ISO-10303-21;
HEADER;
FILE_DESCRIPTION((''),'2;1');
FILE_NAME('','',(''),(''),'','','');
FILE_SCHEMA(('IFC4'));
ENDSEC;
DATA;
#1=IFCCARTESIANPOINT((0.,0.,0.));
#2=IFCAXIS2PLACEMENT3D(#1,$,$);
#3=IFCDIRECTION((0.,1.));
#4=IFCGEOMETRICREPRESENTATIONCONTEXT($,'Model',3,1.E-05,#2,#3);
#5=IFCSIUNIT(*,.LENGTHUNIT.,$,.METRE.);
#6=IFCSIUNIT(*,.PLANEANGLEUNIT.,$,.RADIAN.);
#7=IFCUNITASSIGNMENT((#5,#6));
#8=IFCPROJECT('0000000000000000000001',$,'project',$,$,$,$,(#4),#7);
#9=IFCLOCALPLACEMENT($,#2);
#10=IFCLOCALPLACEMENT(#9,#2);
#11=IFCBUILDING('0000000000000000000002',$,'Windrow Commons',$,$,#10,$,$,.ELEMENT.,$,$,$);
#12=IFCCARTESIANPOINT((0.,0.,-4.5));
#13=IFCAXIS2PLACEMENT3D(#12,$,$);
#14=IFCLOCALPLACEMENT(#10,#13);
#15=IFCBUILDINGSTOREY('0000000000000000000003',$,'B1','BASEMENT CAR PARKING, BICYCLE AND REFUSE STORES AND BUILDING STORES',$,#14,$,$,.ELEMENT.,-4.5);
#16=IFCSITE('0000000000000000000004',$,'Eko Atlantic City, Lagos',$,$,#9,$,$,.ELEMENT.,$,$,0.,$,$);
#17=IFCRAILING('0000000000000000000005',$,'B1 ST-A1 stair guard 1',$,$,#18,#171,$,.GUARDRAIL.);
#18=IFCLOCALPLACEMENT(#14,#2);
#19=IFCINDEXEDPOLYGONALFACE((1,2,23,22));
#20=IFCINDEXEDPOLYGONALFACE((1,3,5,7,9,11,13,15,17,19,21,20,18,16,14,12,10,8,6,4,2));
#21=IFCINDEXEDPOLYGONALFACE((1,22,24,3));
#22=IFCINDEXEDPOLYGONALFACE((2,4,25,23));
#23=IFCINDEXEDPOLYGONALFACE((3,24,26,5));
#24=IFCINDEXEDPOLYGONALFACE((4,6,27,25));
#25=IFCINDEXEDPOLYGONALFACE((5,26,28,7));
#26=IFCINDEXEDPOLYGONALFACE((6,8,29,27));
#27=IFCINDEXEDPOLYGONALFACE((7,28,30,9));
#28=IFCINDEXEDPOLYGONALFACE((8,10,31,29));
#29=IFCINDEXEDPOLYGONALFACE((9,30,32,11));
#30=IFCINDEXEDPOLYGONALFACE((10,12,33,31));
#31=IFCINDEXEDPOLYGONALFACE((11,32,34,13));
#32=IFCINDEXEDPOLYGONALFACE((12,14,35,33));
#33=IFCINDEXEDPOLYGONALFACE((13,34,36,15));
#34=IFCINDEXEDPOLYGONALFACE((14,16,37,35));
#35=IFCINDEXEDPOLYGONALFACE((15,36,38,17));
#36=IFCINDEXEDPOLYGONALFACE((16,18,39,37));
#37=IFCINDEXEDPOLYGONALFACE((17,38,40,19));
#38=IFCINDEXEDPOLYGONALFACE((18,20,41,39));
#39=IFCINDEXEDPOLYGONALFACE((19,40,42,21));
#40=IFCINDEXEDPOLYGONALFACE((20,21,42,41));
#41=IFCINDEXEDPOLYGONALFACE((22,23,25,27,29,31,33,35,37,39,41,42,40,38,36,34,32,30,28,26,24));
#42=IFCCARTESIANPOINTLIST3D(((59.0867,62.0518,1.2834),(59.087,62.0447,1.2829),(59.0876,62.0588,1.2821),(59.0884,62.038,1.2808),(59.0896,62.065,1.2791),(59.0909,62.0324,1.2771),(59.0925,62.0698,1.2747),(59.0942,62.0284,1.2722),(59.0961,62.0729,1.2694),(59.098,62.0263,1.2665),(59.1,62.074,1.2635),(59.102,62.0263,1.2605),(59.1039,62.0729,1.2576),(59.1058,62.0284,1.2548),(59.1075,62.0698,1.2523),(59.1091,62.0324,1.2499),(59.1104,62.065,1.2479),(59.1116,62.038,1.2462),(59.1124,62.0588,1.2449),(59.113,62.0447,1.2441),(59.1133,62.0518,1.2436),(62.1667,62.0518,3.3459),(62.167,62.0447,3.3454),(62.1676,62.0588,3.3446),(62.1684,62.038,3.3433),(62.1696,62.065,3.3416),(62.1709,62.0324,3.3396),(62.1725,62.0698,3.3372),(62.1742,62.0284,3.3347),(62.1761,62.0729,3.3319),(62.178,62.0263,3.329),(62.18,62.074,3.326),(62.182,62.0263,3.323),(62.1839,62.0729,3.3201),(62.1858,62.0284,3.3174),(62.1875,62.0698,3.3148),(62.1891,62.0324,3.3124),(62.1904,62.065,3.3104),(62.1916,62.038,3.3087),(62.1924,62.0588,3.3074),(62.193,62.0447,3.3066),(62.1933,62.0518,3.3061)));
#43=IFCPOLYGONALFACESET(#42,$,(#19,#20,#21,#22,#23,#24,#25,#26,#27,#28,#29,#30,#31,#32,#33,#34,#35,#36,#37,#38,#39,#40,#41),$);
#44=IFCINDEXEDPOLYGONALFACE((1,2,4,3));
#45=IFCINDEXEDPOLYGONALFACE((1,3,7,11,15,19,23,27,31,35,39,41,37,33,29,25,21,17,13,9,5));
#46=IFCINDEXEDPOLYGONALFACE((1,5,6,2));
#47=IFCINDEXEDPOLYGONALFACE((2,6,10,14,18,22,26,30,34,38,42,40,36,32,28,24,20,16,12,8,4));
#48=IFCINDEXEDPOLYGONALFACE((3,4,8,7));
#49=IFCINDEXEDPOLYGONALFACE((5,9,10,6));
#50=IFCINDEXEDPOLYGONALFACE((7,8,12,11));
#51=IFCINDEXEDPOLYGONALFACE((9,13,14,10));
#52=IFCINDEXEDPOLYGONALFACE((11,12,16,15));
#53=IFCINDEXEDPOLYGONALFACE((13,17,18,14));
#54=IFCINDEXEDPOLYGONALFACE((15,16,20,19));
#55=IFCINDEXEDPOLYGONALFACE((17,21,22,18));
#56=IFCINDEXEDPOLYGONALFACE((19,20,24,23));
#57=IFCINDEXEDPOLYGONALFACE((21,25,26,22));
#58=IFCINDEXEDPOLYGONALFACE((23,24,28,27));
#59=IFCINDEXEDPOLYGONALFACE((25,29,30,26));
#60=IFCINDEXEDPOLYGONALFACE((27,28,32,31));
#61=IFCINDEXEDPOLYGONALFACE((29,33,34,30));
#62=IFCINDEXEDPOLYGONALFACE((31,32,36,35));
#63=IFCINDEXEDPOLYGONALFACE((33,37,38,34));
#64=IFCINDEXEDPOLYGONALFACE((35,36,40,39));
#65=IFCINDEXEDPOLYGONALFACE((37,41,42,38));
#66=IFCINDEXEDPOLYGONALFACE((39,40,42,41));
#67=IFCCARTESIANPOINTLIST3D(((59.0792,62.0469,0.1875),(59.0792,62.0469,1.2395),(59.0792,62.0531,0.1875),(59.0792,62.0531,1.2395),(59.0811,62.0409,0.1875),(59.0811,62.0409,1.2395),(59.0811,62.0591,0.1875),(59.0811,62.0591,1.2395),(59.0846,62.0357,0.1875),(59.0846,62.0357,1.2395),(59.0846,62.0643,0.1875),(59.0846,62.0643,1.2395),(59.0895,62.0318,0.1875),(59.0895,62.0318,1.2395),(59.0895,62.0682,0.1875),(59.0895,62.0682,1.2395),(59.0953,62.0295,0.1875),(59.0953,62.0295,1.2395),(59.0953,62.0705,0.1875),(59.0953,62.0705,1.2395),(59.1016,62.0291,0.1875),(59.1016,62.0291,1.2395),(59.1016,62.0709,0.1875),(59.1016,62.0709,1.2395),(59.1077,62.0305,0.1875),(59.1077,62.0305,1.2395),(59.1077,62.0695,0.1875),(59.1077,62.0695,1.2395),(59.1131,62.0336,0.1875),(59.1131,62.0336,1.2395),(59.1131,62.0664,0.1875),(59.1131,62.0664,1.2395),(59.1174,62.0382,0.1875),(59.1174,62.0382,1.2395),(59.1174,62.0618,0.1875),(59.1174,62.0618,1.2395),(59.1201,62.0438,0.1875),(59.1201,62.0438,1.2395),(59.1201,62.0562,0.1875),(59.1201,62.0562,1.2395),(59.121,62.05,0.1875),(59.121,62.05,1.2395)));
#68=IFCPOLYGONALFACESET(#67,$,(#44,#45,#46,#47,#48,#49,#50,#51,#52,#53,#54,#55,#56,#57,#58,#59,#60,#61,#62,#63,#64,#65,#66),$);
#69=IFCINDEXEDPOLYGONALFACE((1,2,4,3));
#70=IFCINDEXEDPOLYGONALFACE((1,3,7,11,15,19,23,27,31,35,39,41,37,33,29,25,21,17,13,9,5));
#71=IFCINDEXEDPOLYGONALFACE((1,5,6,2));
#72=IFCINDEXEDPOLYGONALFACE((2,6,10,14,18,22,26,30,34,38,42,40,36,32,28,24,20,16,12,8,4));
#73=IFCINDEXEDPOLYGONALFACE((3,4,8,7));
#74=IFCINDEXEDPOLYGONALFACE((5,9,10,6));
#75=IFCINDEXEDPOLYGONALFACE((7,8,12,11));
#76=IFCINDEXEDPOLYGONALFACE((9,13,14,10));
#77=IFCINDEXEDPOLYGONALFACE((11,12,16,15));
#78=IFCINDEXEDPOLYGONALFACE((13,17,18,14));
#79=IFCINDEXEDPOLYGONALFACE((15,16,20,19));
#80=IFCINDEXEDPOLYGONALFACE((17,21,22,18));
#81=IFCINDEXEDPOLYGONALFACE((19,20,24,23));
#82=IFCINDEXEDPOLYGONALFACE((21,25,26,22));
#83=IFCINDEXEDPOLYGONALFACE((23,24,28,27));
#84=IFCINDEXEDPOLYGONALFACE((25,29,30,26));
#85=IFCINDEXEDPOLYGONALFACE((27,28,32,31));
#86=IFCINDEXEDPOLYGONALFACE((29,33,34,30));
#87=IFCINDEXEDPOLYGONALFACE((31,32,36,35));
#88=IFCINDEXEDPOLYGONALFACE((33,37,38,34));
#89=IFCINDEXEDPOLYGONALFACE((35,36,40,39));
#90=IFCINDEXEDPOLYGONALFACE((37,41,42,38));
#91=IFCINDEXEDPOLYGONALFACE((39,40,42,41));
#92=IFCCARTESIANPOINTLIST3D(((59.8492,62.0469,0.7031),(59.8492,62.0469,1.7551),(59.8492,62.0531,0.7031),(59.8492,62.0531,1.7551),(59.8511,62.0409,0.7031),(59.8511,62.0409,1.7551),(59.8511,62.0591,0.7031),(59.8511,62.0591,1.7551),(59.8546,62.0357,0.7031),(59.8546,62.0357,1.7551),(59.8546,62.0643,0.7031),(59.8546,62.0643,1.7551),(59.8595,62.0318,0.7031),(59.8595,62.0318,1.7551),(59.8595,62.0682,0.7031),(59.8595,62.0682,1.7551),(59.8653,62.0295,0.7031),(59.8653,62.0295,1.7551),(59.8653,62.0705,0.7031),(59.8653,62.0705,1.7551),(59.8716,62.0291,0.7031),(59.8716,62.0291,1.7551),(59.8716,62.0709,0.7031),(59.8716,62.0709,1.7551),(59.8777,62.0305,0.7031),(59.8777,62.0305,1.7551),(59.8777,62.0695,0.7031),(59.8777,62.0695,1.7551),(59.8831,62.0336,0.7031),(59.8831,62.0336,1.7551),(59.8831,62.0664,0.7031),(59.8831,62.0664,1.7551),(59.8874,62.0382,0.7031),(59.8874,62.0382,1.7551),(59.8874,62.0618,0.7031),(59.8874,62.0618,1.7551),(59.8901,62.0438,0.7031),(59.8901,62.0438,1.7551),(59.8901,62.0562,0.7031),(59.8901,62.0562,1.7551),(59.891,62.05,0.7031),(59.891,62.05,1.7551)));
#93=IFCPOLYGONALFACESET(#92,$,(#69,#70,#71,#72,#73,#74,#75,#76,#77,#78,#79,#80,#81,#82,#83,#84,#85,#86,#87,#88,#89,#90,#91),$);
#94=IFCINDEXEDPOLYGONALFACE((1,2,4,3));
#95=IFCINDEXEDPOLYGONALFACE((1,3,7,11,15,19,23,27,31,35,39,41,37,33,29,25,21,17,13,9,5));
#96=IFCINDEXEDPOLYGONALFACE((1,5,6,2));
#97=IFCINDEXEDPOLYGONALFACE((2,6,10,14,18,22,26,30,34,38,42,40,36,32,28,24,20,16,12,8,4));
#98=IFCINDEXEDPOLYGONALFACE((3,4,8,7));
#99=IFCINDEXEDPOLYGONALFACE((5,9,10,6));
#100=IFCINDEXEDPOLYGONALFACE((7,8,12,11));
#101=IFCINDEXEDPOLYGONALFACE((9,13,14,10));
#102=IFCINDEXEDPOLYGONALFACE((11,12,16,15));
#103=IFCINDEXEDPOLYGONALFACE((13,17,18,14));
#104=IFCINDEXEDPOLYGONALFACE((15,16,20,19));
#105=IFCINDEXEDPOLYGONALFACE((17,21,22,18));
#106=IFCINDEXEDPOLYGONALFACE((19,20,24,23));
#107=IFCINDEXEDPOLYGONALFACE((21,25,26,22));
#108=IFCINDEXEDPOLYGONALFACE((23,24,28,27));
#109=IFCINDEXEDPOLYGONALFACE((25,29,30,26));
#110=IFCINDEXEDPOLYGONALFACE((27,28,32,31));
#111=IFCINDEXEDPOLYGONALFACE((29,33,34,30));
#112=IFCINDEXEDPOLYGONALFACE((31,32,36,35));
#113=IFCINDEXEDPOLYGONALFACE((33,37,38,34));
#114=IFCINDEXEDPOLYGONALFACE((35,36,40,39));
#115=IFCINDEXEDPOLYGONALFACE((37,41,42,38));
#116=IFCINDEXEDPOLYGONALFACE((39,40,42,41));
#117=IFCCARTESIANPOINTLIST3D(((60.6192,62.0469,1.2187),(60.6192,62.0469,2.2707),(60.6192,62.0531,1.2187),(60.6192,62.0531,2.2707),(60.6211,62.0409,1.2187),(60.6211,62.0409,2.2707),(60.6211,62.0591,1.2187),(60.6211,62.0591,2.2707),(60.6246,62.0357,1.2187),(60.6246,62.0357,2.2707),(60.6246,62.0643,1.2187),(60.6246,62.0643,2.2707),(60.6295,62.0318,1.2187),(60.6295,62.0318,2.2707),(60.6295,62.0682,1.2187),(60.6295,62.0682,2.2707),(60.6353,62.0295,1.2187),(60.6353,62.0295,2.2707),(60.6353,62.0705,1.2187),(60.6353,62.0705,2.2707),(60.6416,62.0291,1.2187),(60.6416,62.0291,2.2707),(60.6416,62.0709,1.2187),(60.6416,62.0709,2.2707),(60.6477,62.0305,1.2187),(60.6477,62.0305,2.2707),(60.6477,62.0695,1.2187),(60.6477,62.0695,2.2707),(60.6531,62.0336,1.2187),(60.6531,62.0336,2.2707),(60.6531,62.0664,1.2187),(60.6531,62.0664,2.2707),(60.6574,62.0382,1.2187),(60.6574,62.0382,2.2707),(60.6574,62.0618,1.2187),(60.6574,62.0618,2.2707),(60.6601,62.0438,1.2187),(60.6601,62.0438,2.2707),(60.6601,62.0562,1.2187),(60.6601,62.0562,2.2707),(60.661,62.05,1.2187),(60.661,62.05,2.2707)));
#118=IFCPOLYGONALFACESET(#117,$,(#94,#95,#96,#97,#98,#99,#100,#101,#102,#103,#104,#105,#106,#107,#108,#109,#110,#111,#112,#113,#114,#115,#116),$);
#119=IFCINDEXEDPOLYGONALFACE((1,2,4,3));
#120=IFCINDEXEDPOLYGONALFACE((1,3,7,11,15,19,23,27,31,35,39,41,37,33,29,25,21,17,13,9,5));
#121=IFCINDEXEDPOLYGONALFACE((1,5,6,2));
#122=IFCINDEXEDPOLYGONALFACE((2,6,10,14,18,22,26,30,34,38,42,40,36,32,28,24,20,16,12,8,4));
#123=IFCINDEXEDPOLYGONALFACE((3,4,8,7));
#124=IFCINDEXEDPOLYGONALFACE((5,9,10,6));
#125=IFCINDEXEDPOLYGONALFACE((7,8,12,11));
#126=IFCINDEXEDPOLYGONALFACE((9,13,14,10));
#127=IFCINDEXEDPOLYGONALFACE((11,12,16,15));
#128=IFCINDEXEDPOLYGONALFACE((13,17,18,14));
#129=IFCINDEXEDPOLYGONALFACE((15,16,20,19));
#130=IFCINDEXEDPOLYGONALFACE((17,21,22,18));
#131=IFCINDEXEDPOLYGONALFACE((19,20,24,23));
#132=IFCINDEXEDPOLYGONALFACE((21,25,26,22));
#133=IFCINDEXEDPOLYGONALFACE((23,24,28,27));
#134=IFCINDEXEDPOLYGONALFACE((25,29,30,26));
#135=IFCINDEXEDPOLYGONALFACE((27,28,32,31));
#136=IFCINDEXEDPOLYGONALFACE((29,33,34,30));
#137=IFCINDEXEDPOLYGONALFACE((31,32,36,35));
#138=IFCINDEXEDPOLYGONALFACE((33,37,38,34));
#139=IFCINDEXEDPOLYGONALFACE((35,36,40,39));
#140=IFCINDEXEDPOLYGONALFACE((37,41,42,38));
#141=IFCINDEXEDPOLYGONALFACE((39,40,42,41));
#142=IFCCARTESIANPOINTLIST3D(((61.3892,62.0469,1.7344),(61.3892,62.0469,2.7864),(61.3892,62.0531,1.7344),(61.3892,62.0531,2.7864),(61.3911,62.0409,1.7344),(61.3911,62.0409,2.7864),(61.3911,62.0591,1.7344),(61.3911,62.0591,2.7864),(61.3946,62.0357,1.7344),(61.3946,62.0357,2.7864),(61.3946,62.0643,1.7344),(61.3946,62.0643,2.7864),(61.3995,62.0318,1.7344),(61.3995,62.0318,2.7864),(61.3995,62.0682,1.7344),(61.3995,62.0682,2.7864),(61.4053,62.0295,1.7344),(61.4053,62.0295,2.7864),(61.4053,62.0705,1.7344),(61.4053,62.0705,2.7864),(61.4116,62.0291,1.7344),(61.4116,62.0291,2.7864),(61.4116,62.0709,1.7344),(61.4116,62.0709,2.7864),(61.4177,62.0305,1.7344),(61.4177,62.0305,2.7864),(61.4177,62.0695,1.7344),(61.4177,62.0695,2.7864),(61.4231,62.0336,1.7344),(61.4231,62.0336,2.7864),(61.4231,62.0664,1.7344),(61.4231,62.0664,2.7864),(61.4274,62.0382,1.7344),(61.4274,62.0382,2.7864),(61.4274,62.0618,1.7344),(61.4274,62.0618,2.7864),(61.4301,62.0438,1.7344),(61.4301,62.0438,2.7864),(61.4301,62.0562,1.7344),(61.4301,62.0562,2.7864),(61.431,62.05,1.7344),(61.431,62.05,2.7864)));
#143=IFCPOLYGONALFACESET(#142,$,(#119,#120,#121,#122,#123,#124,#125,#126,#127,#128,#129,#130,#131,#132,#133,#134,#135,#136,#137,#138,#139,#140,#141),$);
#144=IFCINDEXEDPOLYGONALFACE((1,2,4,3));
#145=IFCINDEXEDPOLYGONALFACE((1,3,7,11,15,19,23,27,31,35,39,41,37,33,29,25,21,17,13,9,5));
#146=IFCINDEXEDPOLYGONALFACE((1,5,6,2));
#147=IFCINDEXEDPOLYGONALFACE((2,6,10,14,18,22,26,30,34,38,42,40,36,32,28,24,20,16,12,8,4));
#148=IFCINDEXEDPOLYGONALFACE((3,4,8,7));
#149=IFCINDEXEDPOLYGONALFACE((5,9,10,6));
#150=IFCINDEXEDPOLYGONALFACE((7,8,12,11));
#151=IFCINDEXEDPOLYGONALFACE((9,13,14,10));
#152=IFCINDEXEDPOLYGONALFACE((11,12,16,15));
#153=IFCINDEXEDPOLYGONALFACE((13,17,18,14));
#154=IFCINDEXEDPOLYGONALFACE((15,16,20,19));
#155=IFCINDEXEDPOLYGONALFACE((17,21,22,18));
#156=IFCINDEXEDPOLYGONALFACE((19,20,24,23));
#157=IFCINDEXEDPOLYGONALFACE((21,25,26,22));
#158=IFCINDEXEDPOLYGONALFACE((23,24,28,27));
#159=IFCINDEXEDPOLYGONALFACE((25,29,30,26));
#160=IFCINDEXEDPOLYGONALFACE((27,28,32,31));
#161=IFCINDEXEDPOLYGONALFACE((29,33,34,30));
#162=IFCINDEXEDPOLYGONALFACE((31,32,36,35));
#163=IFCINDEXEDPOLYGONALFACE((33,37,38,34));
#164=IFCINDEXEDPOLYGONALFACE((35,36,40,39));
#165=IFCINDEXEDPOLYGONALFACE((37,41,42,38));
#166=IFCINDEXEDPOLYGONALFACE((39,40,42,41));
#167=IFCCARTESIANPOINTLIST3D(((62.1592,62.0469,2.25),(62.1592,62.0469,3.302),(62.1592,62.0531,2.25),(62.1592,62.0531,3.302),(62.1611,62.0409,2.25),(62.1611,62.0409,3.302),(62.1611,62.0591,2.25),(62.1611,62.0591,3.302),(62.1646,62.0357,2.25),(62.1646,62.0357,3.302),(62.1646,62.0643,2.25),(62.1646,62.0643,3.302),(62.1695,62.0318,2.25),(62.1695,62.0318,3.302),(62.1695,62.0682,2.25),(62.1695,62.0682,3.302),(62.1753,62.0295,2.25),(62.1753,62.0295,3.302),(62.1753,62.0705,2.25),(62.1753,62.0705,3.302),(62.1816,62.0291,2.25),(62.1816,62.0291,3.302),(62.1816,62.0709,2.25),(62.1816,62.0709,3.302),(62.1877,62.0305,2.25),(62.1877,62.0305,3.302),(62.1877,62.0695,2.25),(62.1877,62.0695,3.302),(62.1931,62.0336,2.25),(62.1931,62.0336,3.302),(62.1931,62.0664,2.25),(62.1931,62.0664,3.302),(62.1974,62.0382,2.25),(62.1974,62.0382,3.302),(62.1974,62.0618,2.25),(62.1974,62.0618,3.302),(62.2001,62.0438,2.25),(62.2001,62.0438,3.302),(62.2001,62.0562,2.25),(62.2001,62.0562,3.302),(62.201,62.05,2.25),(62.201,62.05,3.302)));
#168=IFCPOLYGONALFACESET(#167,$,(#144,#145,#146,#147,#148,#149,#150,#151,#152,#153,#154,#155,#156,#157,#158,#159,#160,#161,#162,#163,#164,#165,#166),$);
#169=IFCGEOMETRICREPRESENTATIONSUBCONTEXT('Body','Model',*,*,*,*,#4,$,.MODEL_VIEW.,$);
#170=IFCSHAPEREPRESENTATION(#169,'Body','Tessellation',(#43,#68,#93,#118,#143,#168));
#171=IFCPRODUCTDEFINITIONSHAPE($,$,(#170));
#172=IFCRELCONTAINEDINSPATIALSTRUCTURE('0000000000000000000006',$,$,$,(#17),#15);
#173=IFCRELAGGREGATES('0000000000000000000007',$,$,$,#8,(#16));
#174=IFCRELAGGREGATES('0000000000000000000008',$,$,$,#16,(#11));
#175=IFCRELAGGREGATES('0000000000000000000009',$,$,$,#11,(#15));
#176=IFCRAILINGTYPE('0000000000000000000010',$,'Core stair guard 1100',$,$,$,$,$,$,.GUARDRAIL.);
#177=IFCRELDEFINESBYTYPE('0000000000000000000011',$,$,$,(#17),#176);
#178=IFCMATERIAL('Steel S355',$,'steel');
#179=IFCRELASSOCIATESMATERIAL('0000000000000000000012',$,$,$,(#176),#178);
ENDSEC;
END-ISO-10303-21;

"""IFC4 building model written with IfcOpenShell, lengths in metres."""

from ifc_helpers import new_model, si_unit, direction, frame, origin, origin_2d, place, context, subcontext, project, spatial, circle, extrude, material, type_object, element, save


model = new_model("IFC4")

# Units and contexts
model_context = context("Model", 3, precision=1e-05, world=origin(), true_north=direction((0.0, 1.0)))
body_context = subcontext(model_context, "Body", "Model", "MODEL_VIEW")
ifc_project = project(units=[si_unit("LENGTHUNIT", "METRE"), si_unit("PLANEANGLEUNIT", "RADIAN")], contexts=[model_context])

# Site, building, storey
site_placement = place(None, origin())
site = spatial("IfcSite", under=ifc_project, at=site_placement, Name="Eko Atlantic City, Lagos", CompositionType="ELEMENT", RefElevation=0.0)
building_placement = place(site_placement, origin())
building = spatial("IfcBuilding", under=site, at=building_placement, Name="Windrow Commons", CompositionType="ELEMENT")
storey_placement = place(building_placement, frame((0.0, 0.0, -4.5)))
storey = spatial("IfcBuildingStorey", under=building, at=storey_placement, Name="B1", Description="BASEMENT CAR PARKING, BICYCLE AND REFUSE STORES AND BUILDING STORES", CompositionType="ELEMENT", Elevation=-4.5)

# Railing
ifc_material_1 = material(Name="Steel S355", Category="steel")
railing_type_1 = type_object("IfcRailingType", Name="Core stair guard 1100", PredefinedType="GUARDRAIL", material=ifc_material_1)
railing_1_placement = place(storey_placement, frame((59.1, 62.05, 0.1875)))
element("IfcRailing", 1, at=railing_1_placement, inside=storey, type_object=railing_type_1, Name="B1 ST-A1 stair guard 1", PredefinedType="GUARDRAIL", context=body_context, shape_type="SweptSolid", body=[
    extrude(circle(Radius=0.024, at=origin_2d()), frame((0.0, 0.0, 1.076), z_axis=(0.830907, 0.0, 0.556411), x_axis=(0.0, 1.0, 0.0)), (0.0, 0.0, 1.0), 3.7068),
    extrude(circle(Radius=0.021, at=origin_2d()), origin(), (0.0, 0.0, 1.0), 1.052),
    extrude(circle(Radius=0.021, at=origin_2d()), frame((0.77, 0.0, 0.5156)), (0.0, 0.0, 1.0), 1.052),
    extrude(circle(Radius=0.021, at=origin_2d()), frame((1.54, 0.0, 1.0312)), (0.0, 0.0, 1.0), 1.052),
    extrude(circle(Radius=0.021, at=origin_2d()), frame((2.31, 0.0, 1.5469)), (0.0, 0.0, 1.0), 1.052),
    extrude(circle(Radius=0.021, at=origin_2d()), frame((3.08, 0.0, 2.0625)), (0.0, 0.0, 1.0), 1.052),
])

save(model, "model.ifc")
